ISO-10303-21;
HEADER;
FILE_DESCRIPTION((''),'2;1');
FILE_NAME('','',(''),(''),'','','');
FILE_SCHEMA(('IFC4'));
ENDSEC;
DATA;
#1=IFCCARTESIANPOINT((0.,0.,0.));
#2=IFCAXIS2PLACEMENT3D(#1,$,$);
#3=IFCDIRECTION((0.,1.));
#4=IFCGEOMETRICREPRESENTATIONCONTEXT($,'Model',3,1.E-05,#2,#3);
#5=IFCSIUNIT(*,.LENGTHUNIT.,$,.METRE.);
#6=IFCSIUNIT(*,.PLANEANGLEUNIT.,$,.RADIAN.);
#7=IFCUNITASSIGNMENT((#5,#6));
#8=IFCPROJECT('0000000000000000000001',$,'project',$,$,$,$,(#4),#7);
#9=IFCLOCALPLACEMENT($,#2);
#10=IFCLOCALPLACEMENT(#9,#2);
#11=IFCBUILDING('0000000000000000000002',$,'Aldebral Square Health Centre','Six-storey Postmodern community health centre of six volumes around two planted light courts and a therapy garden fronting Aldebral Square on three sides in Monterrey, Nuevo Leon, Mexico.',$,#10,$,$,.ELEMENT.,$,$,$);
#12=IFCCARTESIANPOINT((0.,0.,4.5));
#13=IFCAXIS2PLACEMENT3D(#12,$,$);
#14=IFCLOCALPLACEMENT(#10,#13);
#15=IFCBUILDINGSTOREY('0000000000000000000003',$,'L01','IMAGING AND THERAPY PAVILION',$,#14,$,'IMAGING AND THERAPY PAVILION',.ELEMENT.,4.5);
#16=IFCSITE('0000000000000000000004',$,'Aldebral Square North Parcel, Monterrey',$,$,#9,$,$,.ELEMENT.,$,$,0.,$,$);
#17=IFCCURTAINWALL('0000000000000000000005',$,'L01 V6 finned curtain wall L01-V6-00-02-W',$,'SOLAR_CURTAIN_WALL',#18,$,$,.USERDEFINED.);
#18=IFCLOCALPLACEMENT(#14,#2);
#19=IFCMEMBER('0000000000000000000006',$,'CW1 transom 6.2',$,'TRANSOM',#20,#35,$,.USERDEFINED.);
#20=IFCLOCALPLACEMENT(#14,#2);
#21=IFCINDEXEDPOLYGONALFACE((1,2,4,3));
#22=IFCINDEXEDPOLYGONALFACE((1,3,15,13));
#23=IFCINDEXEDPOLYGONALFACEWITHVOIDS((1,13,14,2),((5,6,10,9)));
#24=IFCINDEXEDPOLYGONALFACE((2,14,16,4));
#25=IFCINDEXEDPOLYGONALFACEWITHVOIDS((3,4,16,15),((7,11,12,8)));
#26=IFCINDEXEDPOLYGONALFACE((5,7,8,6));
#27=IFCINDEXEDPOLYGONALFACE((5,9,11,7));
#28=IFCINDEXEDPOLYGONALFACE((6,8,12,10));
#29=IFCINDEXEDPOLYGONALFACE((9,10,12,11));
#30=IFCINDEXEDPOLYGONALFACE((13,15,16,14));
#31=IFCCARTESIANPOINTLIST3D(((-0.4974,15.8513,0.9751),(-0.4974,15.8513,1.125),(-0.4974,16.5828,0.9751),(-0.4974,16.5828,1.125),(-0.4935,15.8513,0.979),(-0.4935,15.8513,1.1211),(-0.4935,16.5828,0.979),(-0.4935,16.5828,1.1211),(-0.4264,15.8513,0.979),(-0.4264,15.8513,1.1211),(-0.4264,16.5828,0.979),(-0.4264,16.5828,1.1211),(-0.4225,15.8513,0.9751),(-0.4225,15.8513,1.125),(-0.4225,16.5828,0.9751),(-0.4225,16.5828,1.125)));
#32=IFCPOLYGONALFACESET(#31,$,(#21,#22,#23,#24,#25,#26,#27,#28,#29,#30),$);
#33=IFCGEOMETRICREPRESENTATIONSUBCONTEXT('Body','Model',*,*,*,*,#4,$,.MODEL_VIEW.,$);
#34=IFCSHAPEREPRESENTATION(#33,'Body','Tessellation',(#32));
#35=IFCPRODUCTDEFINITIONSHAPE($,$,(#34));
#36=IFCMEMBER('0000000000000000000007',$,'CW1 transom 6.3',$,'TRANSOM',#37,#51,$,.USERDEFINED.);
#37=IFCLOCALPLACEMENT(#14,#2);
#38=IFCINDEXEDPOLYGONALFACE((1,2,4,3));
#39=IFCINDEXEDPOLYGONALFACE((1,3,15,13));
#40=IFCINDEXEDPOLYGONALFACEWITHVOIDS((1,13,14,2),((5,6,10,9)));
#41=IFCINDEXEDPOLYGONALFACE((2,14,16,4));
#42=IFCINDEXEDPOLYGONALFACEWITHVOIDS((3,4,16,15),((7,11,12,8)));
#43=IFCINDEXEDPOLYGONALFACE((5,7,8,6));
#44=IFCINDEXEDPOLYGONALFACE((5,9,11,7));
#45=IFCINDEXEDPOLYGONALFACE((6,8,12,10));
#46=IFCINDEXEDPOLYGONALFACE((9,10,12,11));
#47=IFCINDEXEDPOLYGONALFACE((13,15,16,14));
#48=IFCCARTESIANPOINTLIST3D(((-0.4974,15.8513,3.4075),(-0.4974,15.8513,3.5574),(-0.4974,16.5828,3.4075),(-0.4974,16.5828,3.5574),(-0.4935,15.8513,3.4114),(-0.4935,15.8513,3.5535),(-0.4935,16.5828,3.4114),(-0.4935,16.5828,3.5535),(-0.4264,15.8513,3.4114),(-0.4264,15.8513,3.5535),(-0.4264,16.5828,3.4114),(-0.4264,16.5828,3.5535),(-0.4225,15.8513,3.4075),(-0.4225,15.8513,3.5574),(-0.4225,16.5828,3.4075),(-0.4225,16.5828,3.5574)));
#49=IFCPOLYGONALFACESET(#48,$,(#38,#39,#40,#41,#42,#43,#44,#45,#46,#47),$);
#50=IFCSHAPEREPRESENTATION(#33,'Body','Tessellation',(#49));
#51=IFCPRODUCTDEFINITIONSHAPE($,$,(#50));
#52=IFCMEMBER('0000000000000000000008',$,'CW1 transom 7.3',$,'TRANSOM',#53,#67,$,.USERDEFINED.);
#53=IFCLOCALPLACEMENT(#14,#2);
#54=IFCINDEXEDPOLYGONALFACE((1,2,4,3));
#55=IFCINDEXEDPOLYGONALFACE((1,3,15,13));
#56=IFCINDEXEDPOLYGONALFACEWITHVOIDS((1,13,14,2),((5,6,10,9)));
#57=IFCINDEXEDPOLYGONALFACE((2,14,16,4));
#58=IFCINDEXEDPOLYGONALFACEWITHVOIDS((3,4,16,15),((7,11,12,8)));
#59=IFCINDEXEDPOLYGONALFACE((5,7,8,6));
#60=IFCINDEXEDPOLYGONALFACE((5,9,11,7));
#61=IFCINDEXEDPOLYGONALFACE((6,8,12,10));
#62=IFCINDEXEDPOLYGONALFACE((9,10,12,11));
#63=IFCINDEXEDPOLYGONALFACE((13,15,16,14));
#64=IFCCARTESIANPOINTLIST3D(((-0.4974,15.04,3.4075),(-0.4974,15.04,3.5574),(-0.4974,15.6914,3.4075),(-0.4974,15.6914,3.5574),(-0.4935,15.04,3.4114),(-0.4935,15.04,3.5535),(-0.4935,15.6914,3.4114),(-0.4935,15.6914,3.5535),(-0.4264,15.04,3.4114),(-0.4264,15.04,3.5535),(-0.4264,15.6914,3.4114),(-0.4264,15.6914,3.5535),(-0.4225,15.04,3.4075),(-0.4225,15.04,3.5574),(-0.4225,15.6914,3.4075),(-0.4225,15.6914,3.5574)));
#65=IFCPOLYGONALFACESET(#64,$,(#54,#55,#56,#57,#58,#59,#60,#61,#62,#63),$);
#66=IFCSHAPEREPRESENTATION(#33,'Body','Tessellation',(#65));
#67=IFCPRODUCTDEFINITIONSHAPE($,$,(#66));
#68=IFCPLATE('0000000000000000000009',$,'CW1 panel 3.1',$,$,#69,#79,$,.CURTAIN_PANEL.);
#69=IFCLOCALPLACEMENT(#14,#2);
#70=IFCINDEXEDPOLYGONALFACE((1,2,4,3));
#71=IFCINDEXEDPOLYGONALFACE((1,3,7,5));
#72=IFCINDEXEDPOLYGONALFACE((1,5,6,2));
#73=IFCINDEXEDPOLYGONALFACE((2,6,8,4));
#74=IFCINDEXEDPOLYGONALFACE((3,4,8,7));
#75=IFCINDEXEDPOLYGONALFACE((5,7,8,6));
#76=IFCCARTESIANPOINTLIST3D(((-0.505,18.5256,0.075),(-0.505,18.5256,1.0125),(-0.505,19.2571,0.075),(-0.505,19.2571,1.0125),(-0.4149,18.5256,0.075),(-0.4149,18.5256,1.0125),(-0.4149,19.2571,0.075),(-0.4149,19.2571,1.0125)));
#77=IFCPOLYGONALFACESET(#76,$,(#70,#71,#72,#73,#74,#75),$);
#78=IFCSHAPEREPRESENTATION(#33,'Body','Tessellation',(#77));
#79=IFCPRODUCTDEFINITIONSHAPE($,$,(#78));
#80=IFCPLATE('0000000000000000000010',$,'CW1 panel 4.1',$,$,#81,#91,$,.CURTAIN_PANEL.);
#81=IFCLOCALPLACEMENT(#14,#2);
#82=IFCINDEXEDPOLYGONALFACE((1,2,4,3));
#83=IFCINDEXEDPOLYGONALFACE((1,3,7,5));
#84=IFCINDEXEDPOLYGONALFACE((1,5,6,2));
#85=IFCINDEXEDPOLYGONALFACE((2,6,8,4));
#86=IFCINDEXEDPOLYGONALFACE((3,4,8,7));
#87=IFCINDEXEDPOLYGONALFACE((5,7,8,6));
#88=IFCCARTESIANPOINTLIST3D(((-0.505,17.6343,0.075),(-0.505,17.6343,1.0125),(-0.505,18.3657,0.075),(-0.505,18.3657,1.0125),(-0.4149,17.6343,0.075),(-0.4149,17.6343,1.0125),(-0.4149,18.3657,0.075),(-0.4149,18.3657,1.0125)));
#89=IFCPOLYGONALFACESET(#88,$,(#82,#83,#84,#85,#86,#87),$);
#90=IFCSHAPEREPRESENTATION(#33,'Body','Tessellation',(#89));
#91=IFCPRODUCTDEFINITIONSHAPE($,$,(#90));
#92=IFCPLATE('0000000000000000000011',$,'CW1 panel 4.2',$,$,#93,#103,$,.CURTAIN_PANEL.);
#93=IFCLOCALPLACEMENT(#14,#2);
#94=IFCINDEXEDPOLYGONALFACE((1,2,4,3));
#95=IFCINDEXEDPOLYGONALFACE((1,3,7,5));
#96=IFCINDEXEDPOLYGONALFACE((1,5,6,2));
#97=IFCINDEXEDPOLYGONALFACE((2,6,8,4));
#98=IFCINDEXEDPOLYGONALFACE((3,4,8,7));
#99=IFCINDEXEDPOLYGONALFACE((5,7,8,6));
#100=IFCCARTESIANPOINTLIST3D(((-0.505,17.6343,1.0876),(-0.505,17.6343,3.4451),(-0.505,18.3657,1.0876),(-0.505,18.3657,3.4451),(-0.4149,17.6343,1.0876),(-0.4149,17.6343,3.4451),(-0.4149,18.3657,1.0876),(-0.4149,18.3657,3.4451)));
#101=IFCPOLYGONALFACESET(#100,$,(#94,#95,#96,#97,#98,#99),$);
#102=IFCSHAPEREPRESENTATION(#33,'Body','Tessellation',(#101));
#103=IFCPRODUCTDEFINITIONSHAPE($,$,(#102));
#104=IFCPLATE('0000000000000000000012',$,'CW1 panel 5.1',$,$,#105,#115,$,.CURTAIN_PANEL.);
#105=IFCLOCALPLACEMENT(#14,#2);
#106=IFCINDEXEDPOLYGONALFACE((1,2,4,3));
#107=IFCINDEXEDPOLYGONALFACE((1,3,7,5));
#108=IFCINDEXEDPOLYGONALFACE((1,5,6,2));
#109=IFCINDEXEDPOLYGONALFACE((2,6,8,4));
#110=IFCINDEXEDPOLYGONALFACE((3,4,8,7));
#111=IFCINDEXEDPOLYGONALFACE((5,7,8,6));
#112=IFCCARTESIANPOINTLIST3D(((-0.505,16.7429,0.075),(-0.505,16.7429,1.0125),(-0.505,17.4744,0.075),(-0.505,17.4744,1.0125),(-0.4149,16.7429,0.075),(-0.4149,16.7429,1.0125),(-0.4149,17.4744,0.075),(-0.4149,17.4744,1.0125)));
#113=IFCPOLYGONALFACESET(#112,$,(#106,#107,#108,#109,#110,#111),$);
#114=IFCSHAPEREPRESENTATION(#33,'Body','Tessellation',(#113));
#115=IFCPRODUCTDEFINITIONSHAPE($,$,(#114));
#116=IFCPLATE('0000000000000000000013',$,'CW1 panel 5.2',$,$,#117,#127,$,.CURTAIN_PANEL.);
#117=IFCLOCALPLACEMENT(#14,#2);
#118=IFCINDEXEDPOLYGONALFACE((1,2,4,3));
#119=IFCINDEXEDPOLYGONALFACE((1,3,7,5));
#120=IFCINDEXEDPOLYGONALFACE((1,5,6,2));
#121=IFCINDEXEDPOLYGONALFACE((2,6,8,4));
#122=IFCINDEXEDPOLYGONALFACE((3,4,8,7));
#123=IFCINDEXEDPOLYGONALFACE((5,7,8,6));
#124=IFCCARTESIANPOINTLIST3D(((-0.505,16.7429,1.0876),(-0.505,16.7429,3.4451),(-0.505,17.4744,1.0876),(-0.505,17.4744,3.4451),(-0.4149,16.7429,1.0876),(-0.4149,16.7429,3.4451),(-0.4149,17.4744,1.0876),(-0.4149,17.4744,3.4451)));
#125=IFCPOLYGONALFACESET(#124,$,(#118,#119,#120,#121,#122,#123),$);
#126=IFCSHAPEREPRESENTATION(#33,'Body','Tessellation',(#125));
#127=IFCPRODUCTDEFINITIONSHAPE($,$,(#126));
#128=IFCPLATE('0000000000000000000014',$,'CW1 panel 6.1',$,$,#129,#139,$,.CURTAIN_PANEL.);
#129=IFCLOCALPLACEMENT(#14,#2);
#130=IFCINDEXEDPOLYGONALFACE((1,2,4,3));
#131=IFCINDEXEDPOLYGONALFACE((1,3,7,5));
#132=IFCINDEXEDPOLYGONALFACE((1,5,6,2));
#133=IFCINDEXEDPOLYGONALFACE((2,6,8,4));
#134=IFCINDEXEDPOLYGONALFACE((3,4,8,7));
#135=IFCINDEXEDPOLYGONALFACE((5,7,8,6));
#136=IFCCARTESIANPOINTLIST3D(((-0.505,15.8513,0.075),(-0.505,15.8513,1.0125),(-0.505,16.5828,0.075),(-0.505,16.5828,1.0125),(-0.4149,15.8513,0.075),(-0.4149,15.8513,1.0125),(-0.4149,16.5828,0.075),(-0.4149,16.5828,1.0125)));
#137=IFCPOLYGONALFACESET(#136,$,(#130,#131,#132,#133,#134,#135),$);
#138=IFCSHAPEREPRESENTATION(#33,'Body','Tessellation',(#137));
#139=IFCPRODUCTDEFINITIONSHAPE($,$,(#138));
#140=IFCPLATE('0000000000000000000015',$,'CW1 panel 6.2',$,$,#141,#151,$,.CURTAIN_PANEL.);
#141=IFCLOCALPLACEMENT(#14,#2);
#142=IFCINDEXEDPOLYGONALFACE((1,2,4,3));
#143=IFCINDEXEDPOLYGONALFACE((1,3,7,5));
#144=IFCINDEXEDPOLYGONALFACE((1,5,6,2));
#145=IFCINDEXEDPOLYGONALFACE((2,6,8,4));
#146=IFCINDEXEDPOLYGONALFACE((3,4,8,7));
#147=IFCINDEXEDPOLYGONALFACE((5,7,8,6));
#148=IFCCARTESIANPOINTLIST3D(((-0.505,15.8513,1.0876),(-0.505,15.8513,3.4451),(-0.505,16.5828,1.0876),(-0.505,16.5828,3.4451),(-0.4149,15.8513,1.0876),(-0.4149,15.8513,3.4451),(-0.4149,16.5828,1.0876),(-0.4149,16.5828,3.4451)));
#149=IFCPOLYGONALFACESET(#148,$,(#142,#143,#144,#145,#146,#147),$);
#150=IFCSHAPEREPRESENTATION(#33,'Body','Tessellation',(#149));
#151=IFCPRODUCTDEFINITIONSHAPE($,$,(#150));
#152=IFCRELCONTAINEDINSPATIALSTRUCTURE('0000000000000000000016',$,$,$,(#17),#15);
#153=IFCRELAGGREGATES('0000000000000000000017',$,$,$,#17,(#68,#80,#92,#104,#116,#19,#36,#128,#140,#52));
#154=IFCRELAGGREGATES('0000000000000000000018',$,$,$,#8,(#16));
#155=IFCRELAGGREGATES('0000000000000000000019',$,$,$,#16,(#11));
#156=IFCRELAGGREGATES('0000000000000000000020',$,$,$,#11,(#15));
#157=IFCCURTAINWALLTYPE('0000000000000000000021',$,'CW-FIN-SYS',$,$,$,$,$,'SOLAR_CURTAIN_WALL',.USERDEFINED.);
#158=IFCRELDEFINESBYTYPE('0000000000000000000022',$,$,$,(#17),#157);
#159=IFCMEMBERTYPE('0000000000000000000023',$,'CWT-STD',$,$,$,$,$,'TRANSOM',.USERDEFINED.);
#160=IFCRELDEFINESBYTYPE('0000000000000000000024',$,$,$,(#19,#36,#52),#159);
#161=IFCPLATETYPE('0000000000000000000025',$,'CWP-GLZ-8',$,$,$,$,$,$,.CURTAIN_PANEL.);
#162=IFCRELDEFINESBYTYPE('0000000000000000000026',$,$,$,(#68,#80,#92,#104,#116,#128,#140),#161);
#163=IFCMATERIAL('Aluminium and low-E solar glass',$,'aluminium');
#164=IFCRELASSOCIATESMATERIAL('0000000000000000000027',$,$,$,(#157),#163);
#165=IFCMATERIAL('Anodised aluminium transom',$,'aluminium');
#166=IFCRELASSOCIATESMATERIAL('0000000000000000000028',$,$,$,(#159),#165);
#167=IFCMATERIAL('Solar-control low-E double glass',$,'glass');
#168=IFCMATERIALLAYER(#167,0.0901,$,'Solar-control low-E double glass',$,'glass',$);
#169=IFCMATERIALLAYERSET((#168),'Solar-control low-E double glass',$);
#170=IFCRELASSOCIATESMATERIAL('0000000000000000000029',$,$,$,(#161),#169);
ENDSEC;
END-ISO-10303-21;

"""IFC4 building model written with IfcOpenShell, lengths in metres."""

from ifc_helpers import new_model, si_unit, direction, frame, origin, origin_2d, place, context, subcontext, project, spatial, rectangle, hollow_rectangle, extrude, material, layer, layer_set, material_profile, profile_set, type_object, element, aggregate, save


model = new_model("IFC4")

# Units and contexts
model_context = context("Model", 3, precision=1e-05, world=origin(), true_north=direction((0.0, 1.0)))
body_context = subcontext(model_context, "Body", "Model", "MODEL_VIEW")
ifc_project = project(units=[si_unit("LENGTHUNIT", "METRE"), si_unit("PLANEANGLEUNIT", "RADIAN")], contexts=[model_context])

# Site, building, storey
site_placement = place(None, origin())
site = spatial("IfcSite", under=ifc_project, at=site_placement, Name="Aldebral Square North Parcel, Monterrey", CompositionType="ELEMENT", RefElevation=0.0)
building_placement = place(site_placement, origin())
building = spatial("IfcBuilding", under=site, at=building_placement, Name="Aldebral Square Health Centre", Description="Six-storey Postmodern community health centre of six volumes around two planted light courts and a therapy garden fronting Aldebral Square on three sides in Monterrey, Nuevo Leon, Mexico.", CompositionType="ELEMENT")
storey_placement = place(building_placement, frame((0.0, 0.0, 4.5)))
storey = spatial("IfcBuildingStorey", under=building, at=storey_placement, Name="L01", Description="IMAGING AND THERAPY PAVILION", LongName="IMAGING AND THERAPY PAVILION", CompositionType="ELEMENT", Elevation=4.5)

# Curtain wall, members, plates
ifc_material_1 = material(Name="Aluminium and low-E solar glass", Category="aluminium")
curtain_wall_type = type_object("IfcCurtainWallType", Name="CW-FIN-SYS", ElementType="SOLAR_CURTAIN_WALL", PredefinedType="USERDEFINED", material=ifc_material_1)
curtain_wall_placement = place(storey_placement, origin())
curtain_wall = element("IfcCurtainWall", 1, at=curtain_wall_placement, inside=storey, type_object=curtain_wall_type, Name="L01 V6 finned curtain wall L01-V6-00-02-W", ObjectType="SOLAR_CURTAIN_WALL", PredefinedType="USERDEFINED")
ifc_material_2 = material(Name="Anodised aluminium transom", Category="aluminium")
ifc_material_profile_1 = material_profile(ifc_material_2, hollow_rectangle(XDim=0.075, YDim=0.1499, WallThickness=0.0039, at=origin_2d()), Name="CWT 75x150x4")
ifc_profile_set_1 = profile_set([ifc_material_profile_1], Name="Anodised aluminium transom")
member_type_1 = type_object("IfcMemberType", Name="CWT-STD", ElementType="TRANSOM", PredefinedType="USERDEFINED", material=ifc_profile_set_1)
member_1_placement = place(storey_placement, frame((-0.46, 16.5828, 1.05), z_axis=(0.0, -1.0, 0.0), x_axis=(1.0, 0.0, 0.0)))
member_1 = element("IfcMember", 2, at=member_1_placement, type_object=member_type_1, Name="CW1 transom 6.2", ObjectType="TRANSOM", PredefinedType="USERDEFINED", context=body_context, shape_type="SweptSolid", body=[
    extrude(hollow_rectangle(XDim=0.075, YDim=0.1499, WallThickness=0.0039, at=origin_2d()), origin(), (0.0, 0.0, 1.0), 0.7314),
])
member_2_placement = place(storey_placement, frame((-0.46, 16.5828, 3.4824), z_axis=(0.0, -1.0, 0.0), x_axis=(1.0, 0.0, 0.0)))
member_2 = element("IfcMember", 3, at=member_2_placement, type_object=member_type_1, Name="CW1 transom 6.3", ObjectType="TRANSOM", PredefinedType="USERDEFINED", context=body_context, shape_type="SweptSolid", body=[
    extrude(hollow_rectangle(XDim=0.075, YDim=0.1499, WallThickness=0.0039, at=origin_2d()), origin(), (0.0, 0.0, 1.0), 0.7314),
])
member_3_placement = place(storey_placement, frame((-0.46, 15.6914, 3.4824), z_axis=(0.0, -1.0, 0.0), x_axis=(1.0, 0.0, 0.0)))
member_3 = element("IfcMember", 4, at=member_3_placement, type_object=member_type_1, Name="CW1 transom 7.3", ObjectType="TRANSOM", PredefinedType="USERDEFINED", context=body_context, shape_type="SweptSolid", body=[
    extrude(hollow_rectangle(XDim=0.075, YDim=0.1499, WallThickness=0.0039, at=origin_2d()), origin(), (0.0, 0.0, 1.0), 0.6514),
])
ifc_material_3 = material(Name="Solar-control low-E double glass", Category="glass")
ifc_layer = layer(ifc_material_3, 0.0901, Name="Solar-control low-E double glass", Category="glass")
ifc_layer_set = layer_set([ifc_layer], Name="Solar-control low-E double glass")
plate_type = type_object("IfcPlateType", Name="CWP-GLZ-8", PredefinedType="CURTAIN_PANEL", material=ifc_layer_set)
plate_1_placement = place(storey_placement, frame((-0.46, 18.8914, 0.075), z_axis=(0.0, 0.0, 1.0), x_axis=(0.0, -1.0, 0.0)))
plate_1 = element("IfcPlate", 5, at=plate_1_placement, type_object=plate_type, Name="CW1 panel 3.1", PredefinedType="CURTAIN_PANEL", context=body_context, shape_type="SweptSolid", body=[
    extrude(rectangle(XDim=0.7314, YDim=0.0901, at=origin_2d()), origin(), (0.0, 0.0, 1.0), 0.9375),
])
plate_2_placement = place(storey_placement, frame((-0.46, 18.0, 0.075), z_axis=(0.0, 0.0, 1.0), x_axis=(0.0, -1.0, 0.0)))
plate_2 = element("IfcPlate", 6, at=plate_2_placement, type_object=plate_type, Name="CW1 panel 4.1", PredefinedType="CURTAIN_PANEL", context=body_context, shape_type="SweptSolid", body=[
    extrude(rectangle(XDim=0.7314, YDim=0.0901, at=origin_2d()), origin(), (0.0, 0.0, 1.0), 0.9375),
])
plate_3_placement = place(storey_placement, frame((-0.46, 18.0, 1.0876), z_axis=(0.0, 0.0, 1.0), x_axis=(0.0, -1.0, 0.0)))
plate_3 = element("IfcPlate", 7, at=plate_3_placement, type_object=plate_type, Name="CW1 panel 4.2", PredefinedType="CURTAIN_PANEL", context=body_context, shape_type="SweptSolid", body=[
    extrude(rectangle(XDim=0.7314, YDim=0.0901, at=origin_2d()), origin(), (0.0, 0.0, 1.0), 2.3574),
])
plate_4_placement = place(storey_placement, frame((-0.46, 17.1086, 0.075), z_axis=(0.0, 0.0, 1.0), x_axis=(0.0, -1.0, 0.0)))
plate_4 = element("IfcPlate", 8, at=plate_4_placement, type_object=plate_type, Name="CW1 panel 5.1", PredefinedType="CURTAIN_PANEL", context=body_context, shape_type="SweptSolid", body=[
    extrude(rectangle(XDim=0.7314, YDim=0.0901, at=origin_2d()), origin(), (0.0, 0.0, 1.0), 0.9375),
])
plate_5_placement = place(storey_placement, frame((-0.46, 17.1086, 1.0876), z_axis=(0.0, 0.0, 1.0), x_axis=(0.0, -1.0, 0.0)))
plate_5 = element("IfcPlate", 9, at=plate_5_placement, type_object=plate_type, Name="CW1 panel 5.2", PredefinedType="CURTAIN_PANEL", context=body_context, shape_type="SweptSolid", body=[
    extrude(rectangle(XDim=0.7314, YDim=0.0901, at=origin_2d()), origin(), (0.0, 0.0, 1.0), 2.3574),
])
plate_6_placement = place(storey_placement, frame((-0.46, 16.217, 0.075), z_axis=(0.0, 0.0, 1.0), x_axis=(0.0, -1.0, 0.0)))
plate_6 = element("IfcPlate", 10, at=plate_6_placement, type_object=plate_type, Name="CW1 panel 6.1", PredefinedType="CURTAIN_PANEL", context=body_context, shape_type="SweptSolid", body=[
    extrude(rectangle(XDim=0.7314, YDim=0.0901, at=origin_2d()), origin(), (0.0, 0.0, 1.0), 0.9375),
])
plate_7_placement = place(storey_placement, frame((-0.46, 16.217, 1.0876), z_axis=(0.0, 0.0, 1.0), x_axis=(0.0, -1.0, 0.0)))
plate_7 = element("IfcPlate", 11, at=plate_7_placement, type_object=plate_type, Name="CW1 panel 6.2", PredefinedType="CURTAIN_PANEL", context=body_context, shape_type="SweptSolid", body=[
    extrude(rectangle(XDim=0.7314, YDim=0.0901, at=origin_2d()), origin(), (0.0, 0.0, 1.0), 2.3574),
])
aggregate(curtain_wall, [plate_1, plate_2, plate_3, plate_4, plate_5, member_1, member_2, plate_6, plate_7, member_3])

save(model, "model.ifc")
